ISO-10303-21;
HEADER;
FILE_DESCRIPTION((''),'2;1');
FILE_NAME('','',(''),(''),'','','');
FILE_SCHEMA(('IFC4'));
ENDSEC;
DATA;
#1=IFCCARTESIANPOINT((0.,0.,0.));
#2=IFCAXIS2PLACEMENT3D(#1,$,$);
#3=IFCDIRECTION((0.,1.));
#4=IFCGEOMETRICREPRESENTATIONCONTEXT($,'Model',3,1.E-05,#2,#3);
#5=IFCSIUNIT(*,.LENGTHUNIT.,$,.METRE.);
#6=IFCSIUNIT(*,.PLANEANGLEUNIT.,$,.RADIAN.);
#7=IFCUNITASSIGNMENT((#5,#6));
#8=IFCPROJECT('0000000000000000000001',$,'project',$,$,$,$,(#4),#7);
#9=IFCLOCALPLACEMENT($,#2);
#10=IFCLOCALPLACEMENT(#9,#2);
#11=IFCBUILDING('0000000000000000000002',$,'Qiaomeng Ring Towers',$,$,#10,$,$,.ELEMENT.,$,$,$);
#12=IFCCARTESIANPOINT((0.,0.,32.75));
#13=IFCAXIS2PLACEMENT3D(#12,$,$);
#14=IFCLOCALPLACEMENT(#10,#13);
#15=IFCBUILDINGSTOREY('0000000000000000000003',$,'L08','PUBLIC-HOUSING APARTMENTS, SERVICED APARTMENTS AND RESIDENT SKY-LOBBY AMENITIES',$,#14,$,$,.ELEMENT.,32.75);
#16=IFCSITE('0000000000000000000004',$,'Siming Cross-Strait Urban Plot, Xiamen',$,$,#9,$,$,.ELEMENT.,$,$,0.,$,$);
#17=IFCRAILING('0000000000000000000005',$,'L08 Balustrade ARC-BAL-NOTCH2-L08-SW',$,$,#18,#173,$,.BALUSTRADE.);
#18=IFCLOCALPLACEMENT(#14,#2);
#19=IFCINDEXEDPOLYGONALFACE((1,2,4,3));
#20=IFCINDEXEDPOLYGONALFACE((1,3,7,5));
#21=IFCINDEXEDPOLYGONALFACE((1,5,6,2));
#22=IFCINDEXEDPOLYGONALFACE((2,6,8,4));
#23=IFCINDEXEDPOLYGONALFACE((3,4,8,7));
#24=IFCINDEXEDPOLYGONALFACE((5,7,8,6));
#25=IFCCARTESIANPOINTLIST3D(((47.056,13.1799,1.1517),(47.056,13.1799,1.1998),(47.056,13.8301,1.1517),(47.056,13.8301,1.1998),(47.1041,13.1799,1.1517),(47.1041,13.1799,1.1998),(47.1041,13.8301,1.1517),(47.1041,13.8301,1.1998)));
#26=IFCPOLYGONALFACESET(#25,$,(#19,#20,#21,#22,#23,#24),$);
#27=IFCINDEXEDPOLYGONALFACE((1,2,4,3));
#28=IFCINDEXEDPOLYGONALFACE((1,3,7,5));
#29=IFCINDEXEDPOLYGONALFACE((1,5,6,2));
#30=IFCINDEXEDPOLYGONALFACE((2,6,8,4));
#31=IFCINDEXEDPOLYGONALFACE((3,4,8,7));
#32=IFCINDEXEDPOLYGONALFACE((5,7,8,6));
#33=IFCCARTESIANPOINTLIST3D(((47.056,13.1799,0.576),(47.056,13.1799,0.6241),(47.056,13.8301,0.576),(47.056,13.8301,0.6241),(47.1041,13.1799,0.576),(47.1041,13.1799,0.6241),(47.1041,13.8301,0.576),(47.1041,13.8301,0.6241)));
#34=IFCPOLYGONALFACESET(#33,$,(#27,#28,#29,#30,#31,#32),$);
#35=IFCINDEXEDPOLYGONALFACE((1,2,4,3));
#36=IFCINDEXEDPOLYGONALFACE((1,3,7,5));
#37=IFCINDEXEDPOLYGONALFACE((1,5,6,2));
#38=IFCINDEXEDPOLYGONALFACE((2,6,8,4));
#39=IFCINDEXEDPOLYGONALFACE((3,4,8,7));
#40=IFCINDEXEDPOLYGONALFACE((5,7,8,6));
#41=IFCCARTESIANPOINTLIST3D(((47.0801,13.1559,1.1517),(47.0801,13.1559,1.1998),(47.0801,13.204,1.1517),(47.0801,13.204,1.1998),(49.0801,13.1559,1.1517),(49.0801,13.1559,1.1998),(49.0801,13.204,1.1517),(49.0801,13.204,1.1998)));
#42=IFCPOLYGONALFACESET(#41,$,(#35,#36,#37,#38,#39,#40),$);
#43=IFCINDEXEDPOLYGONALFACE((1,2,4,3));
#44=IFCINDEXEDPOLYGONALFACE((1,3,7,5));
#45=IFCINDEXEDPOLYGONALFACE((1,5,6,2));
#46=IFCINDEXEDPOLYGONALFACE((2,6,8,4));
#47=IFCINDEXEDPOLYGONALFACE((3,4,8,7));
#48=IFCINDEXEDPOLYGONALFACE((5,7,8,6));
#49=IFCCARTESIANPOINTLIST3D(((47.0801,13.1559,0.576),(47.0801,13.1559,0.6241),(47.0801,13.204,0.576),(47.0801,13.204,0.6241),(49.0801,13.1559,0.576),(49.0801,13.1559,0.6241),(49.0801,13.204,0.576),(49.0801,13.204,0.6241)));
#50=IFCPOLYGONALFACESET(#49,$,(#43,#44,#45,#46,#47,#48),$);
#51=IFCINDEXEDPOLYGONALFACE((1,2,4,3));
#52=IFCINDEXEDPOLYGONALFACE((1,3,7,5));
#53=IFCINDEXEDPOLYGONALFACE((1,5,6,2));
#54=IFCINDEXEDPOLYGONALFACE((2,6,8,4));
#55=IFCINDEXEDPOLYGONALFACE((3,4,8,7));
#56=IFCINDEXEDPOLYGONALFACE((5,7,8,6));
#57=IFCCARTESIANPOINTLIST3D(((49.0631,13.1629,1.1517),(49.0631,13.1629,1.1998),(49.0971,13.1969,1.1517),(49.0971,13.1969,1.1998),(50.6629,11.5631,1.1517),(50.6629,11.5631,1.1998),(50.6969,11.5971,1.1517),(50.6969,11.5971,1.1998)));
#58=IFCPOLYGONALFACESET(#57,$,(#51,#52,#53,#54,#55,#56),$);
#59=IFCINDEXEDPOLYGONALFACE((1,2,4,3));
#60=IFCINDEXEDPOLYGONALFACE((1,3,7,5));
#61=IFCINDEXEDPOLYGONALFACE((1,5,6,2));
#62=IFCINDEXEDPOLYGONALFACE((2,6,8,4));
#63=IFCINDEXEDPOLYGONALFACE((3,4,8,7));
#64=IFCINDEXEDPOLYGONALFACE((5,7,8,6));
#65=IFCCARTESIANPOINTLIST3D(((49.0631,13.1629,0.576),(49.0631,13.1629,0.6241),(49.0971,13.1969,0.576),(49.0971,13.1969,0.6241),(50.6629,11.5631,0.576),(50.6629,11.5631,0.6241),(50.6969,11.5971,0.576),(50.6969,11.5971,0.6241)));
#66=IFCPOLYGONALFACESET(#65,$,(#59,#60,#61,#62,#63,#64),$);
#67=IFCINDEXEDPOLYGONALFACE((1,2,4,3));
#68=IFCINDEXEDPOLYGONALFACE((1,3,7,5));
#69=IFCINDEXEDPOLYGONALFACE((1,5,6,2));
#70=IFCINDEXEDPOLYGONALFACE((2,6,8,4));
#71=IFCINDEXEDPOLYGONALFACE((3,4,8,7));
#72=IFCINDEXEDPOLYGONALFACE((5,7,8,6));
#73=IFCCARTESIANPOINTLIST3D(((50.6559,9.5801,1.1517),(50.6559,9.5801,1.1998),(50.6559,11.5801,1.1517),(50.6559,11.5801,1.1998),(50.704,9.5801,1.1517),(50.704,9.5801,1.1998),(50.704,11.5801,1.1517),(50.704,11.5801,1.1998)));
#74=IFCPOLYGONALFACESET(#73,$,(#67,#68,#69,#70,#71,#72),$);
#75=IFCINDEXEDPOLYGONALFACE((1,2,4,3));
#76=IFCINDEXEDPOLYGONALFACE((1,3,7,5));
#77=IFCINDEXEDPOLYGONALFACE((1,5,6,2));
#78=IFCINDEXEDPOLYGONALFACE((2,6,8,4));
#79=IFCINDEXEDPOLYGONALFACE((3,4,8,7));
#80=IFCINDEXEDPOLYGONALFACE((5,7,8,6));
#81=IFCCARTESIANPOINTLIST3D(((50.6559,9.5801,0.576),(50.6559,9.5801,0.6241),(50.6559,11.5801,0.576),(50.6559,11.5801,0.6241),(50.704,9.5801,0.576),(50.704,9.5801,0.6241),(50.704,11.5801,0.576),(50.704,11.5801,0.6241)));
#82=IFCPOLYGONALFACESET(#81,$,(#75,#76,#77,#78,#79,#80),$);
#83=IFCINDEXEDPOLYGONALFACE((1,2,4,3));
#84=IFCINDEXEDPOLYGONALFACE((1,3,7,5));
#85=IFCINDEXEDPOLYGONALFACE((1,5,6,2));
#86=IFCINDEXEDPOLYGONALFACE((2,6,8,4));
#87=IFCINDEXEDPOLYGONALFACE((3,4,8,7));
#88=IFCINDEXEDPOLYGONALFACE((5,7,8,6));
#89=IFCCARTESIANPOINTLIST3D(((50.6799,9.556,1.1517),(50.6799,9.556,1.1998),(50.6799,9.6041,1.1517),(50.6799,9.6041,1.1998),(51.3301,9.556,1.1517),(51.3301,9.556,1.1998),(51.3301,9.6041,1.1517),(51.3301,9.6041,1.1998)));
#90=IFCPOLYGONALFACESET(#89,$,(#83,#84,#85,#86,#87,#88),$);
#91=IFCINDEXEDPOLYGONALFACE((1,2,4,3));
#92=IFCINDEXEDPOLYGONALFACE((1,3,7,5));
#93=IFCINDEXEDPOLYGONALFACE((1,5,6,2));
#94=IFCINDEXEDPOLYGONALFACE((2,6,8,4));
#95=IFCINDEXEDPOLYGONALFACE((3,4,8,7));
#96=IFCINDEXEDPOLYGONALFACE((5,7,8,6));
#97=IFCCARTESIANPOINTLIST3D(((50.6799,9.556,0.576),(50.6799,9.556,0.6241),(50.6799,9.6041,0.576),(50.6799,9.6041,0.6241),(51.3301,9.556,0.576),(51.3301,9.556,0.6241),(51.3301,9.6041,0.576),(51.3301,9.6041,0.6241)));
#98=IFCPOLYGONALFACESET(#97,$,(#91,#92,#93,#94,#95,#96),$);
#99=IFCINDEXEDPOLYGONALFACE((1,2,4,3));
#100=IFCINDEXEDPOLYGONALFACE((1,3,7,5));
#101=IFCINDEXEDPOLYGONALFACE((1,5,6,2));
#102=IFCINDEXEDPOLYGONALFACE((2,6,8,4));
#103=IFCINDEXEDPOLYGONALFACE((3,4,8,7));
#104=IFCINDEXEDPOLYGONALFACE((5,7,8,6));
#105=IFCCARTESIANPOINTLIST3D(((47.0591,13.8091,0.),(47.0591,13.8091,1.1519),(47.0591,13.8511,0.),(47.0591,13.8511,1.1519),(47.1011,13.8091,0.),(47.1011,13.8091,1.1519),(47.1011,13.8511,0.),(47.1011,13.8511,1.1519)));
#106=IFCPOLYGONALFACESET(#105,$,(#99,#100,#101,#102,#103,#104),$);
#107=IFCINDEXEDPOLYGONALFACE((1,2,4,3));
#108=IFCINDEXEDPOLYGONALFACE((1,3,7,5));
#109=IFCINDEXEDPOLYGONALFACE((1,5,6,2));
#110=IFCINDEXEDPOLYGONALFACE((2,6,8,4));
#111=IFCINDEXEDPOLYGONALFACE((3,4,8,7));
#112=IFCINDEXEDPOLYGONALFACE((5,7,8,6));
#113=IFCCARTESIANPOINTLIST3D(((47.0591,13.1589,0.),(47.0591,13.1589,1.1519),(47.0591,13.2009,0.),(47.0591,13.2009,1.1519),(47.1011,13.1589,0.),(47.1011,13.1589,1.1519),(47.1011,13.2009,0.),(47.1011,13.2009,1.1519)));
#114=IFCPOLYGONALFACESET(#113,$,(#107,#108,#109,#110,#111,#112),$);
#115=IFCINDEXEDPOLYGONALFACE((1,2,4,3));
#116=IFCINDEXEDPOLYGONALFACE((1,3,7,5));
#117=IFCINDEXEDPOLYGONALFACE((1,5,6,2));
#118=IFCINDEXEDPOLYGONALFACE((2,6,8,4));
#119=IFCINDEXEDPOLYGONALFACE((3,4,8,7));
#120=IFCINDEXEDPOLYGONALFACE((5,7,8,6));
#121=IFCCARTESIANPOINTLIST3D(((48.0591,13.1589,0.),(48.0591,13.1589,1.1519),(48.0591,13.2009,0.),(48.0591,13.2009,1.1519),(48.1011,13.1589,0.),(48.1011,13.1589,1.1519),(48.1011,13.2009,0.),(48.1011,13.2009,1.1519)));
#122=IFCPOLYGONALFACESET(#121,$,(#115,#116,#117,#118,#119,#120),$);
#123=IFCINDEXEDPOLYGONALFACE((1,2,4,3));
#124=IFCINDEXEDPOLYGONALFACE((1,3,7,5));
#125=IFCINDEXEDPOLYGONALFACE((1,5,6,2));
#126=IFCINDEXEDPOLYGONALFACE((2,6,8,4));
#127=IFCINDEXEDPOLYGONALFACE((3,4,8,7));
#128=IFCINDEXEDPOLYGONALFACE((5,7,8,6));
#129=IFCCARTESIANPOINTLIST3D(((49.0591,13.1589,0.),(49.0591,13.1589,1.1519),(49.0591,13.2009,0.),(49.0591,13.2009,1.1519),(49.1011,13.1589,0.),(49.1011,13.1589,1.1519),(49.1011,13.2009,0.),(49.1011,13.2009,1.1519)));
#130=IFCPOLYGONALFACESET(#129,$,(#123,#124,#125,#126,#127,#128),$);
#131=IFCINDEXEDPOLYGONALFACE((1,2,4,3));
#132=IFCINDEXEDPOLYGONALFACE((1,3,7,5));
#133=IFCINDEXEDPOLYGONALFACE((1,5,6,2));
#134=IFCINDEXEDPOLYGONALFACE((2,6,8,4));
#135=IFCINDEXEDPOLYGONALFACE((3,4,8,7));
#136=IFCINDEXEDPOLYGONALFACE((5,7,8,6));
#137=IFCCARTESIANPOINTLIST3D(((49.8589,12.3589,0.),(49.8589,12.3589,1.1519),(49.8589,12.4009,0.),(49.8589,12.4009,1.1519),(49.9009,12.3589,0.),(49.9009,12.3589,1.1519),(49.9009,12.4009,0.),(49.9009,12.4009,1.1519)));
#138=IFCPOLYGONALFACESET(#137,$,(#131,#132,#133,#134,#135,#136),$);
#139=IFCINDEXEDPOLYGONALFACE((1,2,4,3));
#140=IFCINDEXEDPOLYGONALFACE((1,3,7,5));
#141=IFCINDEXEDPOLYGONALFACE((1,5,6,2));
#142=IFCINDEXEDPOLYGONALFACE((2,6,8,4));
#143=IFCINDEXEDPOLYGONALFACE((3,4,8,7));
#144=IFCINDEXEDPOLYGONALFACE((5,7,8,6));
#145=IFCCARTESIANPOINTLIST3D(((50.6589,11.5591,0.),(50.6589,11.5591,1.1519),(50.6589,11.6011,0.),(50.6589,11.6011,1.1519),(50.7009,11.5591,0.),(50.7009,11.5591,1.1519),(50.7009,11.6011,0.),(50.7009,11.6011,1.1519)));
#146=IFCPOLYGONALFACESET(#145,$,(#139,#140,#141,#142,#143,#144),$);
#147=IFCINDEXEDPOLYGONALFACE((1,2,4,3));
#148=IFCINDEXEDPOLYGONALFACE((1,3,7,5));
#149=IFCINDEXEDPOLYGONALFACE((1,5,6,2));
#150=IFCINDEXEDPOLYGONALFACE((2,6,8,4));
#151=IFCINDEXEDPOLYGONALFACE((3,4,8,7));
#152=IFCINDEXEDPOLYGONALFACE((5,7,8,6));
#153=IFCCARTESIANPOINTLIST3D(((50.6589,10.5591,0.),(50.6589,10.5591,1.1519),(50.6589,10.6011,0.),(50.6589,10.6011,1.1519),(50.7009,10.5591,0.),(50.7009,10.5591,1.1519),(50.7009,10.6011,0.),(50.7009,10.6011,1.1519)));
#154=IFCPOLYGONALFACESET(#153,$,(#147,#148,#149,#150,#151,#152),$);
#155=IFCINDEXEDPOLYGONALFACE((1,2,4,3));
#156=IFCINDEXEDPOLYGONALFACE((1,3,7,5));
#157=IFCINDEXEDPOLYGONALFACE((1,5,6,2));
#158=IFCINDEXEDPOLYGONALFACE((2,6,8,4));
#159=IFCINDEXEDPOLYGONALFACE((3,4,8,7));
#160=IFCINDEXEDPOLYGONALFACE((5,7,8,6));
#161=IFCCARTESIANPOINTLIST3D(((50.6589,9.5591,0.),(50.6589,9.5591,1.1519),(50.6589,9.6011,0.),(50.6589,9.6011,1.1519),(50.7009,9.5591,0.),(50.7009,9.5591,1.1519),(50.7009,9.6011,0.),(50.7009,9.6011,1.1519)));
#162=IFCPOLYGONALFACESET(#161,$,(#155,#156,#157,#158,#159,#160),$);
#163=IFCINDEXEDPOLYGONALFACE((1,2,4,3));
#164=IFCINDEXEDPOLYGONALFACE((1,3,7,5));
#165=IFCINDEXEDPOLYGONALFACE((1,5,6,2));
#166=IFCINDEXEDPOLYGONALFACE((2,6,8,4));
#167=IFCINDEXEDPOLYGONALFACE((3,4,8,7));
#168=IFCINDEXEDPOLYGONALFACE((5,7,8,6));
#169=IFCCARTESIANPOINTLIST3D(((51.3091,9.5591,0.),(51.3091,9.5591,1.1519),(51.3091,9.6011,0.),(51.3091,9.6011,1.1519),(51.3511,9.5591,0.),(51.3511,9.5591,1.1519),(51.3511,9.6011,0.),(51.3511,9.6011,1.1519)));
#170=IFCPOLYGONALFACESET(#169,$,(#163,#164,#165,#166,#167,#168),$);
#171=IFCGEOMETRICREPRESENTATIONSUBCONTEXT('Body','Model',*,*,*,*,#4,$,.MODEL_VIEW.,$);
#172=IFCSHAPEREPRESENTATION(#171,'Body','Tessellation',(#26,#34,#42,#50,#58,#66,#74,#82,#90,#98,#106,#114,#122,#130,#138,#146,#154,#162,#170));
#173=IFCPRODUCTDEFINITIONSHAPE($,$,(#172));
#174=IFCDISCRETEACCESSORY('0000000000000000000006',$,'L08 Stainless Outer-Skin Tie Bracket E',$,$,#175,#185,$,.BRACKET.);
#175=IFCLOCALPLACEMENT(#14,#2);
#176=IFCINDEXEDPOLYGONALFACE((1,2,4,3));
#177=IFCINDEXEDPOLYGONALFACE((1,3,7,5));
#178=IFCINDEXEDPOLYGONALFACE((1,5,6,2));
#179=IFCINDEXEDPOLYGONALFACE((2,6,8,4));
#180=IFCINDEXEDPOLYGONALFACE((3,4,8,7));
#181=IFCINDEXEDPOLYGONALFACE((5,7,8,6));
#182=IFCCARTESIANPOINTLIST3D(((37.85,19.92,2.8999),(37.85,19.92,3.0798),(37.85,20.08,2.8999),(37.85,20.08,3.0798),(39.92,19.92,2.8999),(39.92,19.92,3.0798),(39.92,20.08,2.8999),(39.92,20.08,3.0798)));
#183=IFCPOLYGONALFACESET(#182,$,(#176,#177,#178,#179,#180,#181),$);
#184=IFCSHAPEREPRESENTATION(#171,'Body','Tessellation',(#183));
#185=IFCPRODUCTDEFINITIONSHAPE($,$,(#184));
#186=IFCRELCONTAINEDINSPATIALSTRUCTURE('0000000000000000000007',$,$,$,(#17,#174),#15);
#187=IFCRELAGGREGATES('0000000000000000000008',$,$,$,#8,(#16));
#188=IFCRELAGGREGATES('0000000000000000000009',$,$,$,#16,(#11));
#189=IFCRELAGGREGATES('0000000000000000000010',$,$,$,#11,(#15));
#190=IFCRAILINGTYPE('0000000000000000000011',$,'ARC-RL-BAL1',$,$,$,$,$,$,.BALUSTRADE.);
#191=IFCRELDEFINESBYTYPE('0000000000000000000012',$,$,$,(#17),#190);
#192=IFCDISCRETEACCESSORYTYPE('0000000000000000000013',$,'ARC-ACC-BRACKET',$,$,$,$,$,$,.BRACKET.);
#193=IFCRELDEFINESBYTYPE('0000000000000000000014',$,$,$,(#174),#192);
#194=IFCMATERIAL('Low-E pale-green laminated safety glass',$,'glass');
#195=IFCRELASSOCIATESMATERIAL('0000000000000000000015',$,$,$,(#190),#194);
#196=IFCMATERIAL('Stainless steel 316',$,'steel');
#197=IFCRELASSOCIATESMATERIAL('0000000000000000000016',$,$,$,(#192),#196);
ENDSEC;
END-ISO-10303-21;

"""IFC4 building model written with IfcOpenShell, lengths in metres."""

from ifc_helpers import new_model, si_unit, direction, frame, origin, origin_2d, place, context, subcontext, project, spatial, rectangle, extrude, source, transform, mapped, material, type_object, element, save


model = new_model("IFC4")

# Units and contexts
model_context = context("Model", 3, precision=1e-05, world=origin(), true_north=direction((0.0, 1.0)))
body_context = subcontext(model_context, "Body", "Model", "MODEL_VIEW")
ifc_project = project(units=[si_unit("LENGTHUNIT", "METRE"), si_unit("PLANEANGLEUNIT", "RADIAN")], contexts=[model_context])

# Site, building, storey
site_placement = place(None, origin())
site = spatial("IfcSite", under=ifc_project, at=site_placement, Name="Siming Cross-Strait Urban Plot, Xiamen", CompositionType="ELEMENT", RefElevation=0.0)
building_placement = place(site_placement, origin())
building = spatial("IfcBuilding", under=site, at=building_placement, Name="Qiaomeng Ring Towers", CompositionType="ELEMENT")
storey_placement = place(building_placement, frame((0.0, 0.0, 32.75)))
storey = spatial("IfcBuildingStorey", under=building, at=storey_placement, Name="L08", Description="PUBLIC-HOUSING APARTMENTS, SERVICED APARTMENTS AND RESIDENT SKY-LOBBY AMENITIES", CompositionType="ELEMENT", Elevation=32.75)

# Shared definitions
ifc_material_1 = material(Name="Stainless steel 316", Category="steel")

# Railing
ifc_material_2 = material(Name="Low-E pale-green laminated safety glass", Category="glass")
railing_type = type_object("IfcRailingType", Name="ARC-RL-BAL1", PredefinedType="BALUSTRADE", material=ifc_material_2)
railing_1_placement = place(storey_placement, frame((47.0801, 13.8301, 0.0)))
element("IfcRailing", 1, at=railing_1_placement, inside=storey, type_object=railing_type, Name="L08 Balustrade ARC-BAL-NOTCH2-L08-SW", PredefinedType="BALUSTRADE", context=body_context, shape_type="SweptSolid", body=[
    extrude(rectangle(XDim=0.0481, YDim=0.0481, at=origin_2d()), frame((0.0, 0.0, 1.1758), z_axis=(0.0, -1.0, 0.0), x_axis=(1.0, 0.0, 0.0)), (0.0, 0.0, 1.0), 0.6501),
    extrude(rectangle(XDim=0.0481, YDim=0.0481, at=origin_2d()), frame((0.0, 0.0, 0.6001), z_axis=(0.0, -1.0, 0.0), x_axis=(1.0, 0.0, 0.0)), (0.0, 0.0, 1.0), 0.6501),
    extrude(rectangle(XDim=0.0481, YDim=0.0481, at=origin_2d()), frame((0.0, -0.6501, 1.1758), z_axis=(1.0, 0.0, 0.0), x_axis=(0.0, 1.0, 0.0)), (0.0, 0.0, 1.0), 2.0),
    extrude(rectangle(XDim=0.0481, YDim=0.0481, at=origin_2d()), frame((0.0, -0.6501, 0.6001), z_axis=(1.0, 0.0, 0.0), x_axis=(0.0, 1.0, 0.0)), (0.0, 0.0, 1.0), 2.0),
    extrude(rectangle(XDim=0.0481, YDim=0.0481, at=origin_2d()), frame((2.0, -0.6501, 1.1758), z_axis=(0.707107, -0.707107, 0.0), x_axis=(0.707107, 0.707107, 0.0)), (0.0, 0.0, 1.0), 2.2625),
    extrude(rectangle(XDim=0.0481, YDim=0.0481, at=origin_2d()), frame((2.0, -0.6501, 0.6001), z_axis=(0.707107, -0.707107, 0.0), x_axis=(0.707107, 0.707107, 0.0)), (0.0, 0.0, 1.0), 2.2625),
    extrude(rectangle(XDim=0.0481, YDim=0.0481, at=origin_2d()), frame((3.5999, -2.25, 1.1758), z_axis=(0.0, -1.0, 0.0), x_axis=(1.0, 0.0, 0.0)), (0.0, 0.0, 1.0), 2.0),
    extrude(rectangle(XDim=0.0481, YDim=0.0481, at=origin_2d()), frame((3.5999, -2.25, 0.6001), z_axis=(0.0, -1.0, 0.0), x_axis=(1.0, 0.0, 0.0)), (0.0, 0.0, 1.0), 2.0),
    extrude(rectangle(XDim=0.0481, YDim=0.0481, at=origin_2d()), frame((3.5999, -4.25, 1.1758), z_axis=(1.0, 0.0, 0.0), x_axis=(0.0, 1.0, 0.0)), (0.0, 0.0, 1.0), 0.6501),
    extrude(rectangle(XDim=0.0481, YDim=0.0481, at=origin_2d()), frame((3.5999, -4.25, 0.6001), z_axis=(1.0, 0.0, 0.0), x_axis=(0.0, 1.0, 0.0)), (0.0, 0.0, 1.0), 0.6501),
    extrude(rectangle(XDim=0.042, YDim=0.042, at=origin_2d()), origin(), (0.0, 0.0, 1.0), 1.1519),
    extrude(rectangle(XDim=0.042, YDim=0.042, at=origin_2d()), frame((0.0, -0.6501, 0.0)), (0.0, 0.0, 1.0), 1.1519),
    extrude(rectangle(XDim=0.042, YDim=0.042, at=origin_2d()), frame((1.0, -0.6501, 0.0)), (0.0, 0.0, 1.0), 1.1519),
    extrude(rectangle(XDim=0.042, YDim=0.042, at=origin_2d()), frame((2.0, -0.6501, 0.0)), (0.0, 0.0, 1.0), 1.1519),
    extrude(rectangle(XDim=0.042, YDim=0.042, at=origin_2d()), frame((2.7998, -1.4502, 0.0)), (0.0, 0.0, 1.0), 1.1519),
    extrude(rectangle(XDim=0.042, YDim=0.042, at=origin_2d()), frame((3.5999, -2.25, 0.0)), (0.0, 0.0, 1.0), 1.1519),
    extrude(rectangle(XDim=0.042, YDim=0.042, at=origin_2d()), frame((3.5999, -3.25, 0.0)), (0.0, 0.0, 1.0), 1.1519),
    extrude(rectangle(XDim=0.042, YDim=0.042, at=origin_2d()), frame((3.5999, -4.25, 0.0)), (0.0, 0.0, 1.0), 1.1519),
    extrude(rectangle(XDim=0.042, YDim=0.042, at=origin_2d()), frame((4.25, -4.25, 0.0)), (0.0, 0.0, 1.0), 1.1519),
])

# Discrete accessory
discrete_accessory_type = type_object("IfcDiscreteAccessoryType", Name="ARC-ACC-BRACKET", PredefinedType="BRACKET", material=ifc_material_1)
shared_shape_1 = source(origin(), body_context, "Body", "SweptSolid", [
    extrude(rectangle(XDim=2.0701, YDim=0.1599, at=origin_2d()), origin(), (0.0, 0.0, 1.0), 0.1799),
])
discrete_accessory_placement = place(storey_placement, frame((38.885, 20.0, 2.8999), z_axis=(0.0, 0.0, 1.0), x_axis=(1.0, 0.0, 0.0)))
element("IfcDiscreteAccessory", 2, at=discrete_accessory_placement, inside=storey, type_object=discrete_accessory_type, Name="L08 Stainless Outer-Skin Tie Bracket E", PredefinedType="BRACKET", context=body_context, shape_type="MappedRepresentation", body=[
    mapped(shared_shape_1, transform((0.0, 0.0, 0.0), x_axis=(1.0, 0.0, 0.0), y_axis=(0.0, 1.0, 0.0), z_axis=(0.0, 0.0, 1.0), scale=1.0)),
])

save(model, "model.ifc")
